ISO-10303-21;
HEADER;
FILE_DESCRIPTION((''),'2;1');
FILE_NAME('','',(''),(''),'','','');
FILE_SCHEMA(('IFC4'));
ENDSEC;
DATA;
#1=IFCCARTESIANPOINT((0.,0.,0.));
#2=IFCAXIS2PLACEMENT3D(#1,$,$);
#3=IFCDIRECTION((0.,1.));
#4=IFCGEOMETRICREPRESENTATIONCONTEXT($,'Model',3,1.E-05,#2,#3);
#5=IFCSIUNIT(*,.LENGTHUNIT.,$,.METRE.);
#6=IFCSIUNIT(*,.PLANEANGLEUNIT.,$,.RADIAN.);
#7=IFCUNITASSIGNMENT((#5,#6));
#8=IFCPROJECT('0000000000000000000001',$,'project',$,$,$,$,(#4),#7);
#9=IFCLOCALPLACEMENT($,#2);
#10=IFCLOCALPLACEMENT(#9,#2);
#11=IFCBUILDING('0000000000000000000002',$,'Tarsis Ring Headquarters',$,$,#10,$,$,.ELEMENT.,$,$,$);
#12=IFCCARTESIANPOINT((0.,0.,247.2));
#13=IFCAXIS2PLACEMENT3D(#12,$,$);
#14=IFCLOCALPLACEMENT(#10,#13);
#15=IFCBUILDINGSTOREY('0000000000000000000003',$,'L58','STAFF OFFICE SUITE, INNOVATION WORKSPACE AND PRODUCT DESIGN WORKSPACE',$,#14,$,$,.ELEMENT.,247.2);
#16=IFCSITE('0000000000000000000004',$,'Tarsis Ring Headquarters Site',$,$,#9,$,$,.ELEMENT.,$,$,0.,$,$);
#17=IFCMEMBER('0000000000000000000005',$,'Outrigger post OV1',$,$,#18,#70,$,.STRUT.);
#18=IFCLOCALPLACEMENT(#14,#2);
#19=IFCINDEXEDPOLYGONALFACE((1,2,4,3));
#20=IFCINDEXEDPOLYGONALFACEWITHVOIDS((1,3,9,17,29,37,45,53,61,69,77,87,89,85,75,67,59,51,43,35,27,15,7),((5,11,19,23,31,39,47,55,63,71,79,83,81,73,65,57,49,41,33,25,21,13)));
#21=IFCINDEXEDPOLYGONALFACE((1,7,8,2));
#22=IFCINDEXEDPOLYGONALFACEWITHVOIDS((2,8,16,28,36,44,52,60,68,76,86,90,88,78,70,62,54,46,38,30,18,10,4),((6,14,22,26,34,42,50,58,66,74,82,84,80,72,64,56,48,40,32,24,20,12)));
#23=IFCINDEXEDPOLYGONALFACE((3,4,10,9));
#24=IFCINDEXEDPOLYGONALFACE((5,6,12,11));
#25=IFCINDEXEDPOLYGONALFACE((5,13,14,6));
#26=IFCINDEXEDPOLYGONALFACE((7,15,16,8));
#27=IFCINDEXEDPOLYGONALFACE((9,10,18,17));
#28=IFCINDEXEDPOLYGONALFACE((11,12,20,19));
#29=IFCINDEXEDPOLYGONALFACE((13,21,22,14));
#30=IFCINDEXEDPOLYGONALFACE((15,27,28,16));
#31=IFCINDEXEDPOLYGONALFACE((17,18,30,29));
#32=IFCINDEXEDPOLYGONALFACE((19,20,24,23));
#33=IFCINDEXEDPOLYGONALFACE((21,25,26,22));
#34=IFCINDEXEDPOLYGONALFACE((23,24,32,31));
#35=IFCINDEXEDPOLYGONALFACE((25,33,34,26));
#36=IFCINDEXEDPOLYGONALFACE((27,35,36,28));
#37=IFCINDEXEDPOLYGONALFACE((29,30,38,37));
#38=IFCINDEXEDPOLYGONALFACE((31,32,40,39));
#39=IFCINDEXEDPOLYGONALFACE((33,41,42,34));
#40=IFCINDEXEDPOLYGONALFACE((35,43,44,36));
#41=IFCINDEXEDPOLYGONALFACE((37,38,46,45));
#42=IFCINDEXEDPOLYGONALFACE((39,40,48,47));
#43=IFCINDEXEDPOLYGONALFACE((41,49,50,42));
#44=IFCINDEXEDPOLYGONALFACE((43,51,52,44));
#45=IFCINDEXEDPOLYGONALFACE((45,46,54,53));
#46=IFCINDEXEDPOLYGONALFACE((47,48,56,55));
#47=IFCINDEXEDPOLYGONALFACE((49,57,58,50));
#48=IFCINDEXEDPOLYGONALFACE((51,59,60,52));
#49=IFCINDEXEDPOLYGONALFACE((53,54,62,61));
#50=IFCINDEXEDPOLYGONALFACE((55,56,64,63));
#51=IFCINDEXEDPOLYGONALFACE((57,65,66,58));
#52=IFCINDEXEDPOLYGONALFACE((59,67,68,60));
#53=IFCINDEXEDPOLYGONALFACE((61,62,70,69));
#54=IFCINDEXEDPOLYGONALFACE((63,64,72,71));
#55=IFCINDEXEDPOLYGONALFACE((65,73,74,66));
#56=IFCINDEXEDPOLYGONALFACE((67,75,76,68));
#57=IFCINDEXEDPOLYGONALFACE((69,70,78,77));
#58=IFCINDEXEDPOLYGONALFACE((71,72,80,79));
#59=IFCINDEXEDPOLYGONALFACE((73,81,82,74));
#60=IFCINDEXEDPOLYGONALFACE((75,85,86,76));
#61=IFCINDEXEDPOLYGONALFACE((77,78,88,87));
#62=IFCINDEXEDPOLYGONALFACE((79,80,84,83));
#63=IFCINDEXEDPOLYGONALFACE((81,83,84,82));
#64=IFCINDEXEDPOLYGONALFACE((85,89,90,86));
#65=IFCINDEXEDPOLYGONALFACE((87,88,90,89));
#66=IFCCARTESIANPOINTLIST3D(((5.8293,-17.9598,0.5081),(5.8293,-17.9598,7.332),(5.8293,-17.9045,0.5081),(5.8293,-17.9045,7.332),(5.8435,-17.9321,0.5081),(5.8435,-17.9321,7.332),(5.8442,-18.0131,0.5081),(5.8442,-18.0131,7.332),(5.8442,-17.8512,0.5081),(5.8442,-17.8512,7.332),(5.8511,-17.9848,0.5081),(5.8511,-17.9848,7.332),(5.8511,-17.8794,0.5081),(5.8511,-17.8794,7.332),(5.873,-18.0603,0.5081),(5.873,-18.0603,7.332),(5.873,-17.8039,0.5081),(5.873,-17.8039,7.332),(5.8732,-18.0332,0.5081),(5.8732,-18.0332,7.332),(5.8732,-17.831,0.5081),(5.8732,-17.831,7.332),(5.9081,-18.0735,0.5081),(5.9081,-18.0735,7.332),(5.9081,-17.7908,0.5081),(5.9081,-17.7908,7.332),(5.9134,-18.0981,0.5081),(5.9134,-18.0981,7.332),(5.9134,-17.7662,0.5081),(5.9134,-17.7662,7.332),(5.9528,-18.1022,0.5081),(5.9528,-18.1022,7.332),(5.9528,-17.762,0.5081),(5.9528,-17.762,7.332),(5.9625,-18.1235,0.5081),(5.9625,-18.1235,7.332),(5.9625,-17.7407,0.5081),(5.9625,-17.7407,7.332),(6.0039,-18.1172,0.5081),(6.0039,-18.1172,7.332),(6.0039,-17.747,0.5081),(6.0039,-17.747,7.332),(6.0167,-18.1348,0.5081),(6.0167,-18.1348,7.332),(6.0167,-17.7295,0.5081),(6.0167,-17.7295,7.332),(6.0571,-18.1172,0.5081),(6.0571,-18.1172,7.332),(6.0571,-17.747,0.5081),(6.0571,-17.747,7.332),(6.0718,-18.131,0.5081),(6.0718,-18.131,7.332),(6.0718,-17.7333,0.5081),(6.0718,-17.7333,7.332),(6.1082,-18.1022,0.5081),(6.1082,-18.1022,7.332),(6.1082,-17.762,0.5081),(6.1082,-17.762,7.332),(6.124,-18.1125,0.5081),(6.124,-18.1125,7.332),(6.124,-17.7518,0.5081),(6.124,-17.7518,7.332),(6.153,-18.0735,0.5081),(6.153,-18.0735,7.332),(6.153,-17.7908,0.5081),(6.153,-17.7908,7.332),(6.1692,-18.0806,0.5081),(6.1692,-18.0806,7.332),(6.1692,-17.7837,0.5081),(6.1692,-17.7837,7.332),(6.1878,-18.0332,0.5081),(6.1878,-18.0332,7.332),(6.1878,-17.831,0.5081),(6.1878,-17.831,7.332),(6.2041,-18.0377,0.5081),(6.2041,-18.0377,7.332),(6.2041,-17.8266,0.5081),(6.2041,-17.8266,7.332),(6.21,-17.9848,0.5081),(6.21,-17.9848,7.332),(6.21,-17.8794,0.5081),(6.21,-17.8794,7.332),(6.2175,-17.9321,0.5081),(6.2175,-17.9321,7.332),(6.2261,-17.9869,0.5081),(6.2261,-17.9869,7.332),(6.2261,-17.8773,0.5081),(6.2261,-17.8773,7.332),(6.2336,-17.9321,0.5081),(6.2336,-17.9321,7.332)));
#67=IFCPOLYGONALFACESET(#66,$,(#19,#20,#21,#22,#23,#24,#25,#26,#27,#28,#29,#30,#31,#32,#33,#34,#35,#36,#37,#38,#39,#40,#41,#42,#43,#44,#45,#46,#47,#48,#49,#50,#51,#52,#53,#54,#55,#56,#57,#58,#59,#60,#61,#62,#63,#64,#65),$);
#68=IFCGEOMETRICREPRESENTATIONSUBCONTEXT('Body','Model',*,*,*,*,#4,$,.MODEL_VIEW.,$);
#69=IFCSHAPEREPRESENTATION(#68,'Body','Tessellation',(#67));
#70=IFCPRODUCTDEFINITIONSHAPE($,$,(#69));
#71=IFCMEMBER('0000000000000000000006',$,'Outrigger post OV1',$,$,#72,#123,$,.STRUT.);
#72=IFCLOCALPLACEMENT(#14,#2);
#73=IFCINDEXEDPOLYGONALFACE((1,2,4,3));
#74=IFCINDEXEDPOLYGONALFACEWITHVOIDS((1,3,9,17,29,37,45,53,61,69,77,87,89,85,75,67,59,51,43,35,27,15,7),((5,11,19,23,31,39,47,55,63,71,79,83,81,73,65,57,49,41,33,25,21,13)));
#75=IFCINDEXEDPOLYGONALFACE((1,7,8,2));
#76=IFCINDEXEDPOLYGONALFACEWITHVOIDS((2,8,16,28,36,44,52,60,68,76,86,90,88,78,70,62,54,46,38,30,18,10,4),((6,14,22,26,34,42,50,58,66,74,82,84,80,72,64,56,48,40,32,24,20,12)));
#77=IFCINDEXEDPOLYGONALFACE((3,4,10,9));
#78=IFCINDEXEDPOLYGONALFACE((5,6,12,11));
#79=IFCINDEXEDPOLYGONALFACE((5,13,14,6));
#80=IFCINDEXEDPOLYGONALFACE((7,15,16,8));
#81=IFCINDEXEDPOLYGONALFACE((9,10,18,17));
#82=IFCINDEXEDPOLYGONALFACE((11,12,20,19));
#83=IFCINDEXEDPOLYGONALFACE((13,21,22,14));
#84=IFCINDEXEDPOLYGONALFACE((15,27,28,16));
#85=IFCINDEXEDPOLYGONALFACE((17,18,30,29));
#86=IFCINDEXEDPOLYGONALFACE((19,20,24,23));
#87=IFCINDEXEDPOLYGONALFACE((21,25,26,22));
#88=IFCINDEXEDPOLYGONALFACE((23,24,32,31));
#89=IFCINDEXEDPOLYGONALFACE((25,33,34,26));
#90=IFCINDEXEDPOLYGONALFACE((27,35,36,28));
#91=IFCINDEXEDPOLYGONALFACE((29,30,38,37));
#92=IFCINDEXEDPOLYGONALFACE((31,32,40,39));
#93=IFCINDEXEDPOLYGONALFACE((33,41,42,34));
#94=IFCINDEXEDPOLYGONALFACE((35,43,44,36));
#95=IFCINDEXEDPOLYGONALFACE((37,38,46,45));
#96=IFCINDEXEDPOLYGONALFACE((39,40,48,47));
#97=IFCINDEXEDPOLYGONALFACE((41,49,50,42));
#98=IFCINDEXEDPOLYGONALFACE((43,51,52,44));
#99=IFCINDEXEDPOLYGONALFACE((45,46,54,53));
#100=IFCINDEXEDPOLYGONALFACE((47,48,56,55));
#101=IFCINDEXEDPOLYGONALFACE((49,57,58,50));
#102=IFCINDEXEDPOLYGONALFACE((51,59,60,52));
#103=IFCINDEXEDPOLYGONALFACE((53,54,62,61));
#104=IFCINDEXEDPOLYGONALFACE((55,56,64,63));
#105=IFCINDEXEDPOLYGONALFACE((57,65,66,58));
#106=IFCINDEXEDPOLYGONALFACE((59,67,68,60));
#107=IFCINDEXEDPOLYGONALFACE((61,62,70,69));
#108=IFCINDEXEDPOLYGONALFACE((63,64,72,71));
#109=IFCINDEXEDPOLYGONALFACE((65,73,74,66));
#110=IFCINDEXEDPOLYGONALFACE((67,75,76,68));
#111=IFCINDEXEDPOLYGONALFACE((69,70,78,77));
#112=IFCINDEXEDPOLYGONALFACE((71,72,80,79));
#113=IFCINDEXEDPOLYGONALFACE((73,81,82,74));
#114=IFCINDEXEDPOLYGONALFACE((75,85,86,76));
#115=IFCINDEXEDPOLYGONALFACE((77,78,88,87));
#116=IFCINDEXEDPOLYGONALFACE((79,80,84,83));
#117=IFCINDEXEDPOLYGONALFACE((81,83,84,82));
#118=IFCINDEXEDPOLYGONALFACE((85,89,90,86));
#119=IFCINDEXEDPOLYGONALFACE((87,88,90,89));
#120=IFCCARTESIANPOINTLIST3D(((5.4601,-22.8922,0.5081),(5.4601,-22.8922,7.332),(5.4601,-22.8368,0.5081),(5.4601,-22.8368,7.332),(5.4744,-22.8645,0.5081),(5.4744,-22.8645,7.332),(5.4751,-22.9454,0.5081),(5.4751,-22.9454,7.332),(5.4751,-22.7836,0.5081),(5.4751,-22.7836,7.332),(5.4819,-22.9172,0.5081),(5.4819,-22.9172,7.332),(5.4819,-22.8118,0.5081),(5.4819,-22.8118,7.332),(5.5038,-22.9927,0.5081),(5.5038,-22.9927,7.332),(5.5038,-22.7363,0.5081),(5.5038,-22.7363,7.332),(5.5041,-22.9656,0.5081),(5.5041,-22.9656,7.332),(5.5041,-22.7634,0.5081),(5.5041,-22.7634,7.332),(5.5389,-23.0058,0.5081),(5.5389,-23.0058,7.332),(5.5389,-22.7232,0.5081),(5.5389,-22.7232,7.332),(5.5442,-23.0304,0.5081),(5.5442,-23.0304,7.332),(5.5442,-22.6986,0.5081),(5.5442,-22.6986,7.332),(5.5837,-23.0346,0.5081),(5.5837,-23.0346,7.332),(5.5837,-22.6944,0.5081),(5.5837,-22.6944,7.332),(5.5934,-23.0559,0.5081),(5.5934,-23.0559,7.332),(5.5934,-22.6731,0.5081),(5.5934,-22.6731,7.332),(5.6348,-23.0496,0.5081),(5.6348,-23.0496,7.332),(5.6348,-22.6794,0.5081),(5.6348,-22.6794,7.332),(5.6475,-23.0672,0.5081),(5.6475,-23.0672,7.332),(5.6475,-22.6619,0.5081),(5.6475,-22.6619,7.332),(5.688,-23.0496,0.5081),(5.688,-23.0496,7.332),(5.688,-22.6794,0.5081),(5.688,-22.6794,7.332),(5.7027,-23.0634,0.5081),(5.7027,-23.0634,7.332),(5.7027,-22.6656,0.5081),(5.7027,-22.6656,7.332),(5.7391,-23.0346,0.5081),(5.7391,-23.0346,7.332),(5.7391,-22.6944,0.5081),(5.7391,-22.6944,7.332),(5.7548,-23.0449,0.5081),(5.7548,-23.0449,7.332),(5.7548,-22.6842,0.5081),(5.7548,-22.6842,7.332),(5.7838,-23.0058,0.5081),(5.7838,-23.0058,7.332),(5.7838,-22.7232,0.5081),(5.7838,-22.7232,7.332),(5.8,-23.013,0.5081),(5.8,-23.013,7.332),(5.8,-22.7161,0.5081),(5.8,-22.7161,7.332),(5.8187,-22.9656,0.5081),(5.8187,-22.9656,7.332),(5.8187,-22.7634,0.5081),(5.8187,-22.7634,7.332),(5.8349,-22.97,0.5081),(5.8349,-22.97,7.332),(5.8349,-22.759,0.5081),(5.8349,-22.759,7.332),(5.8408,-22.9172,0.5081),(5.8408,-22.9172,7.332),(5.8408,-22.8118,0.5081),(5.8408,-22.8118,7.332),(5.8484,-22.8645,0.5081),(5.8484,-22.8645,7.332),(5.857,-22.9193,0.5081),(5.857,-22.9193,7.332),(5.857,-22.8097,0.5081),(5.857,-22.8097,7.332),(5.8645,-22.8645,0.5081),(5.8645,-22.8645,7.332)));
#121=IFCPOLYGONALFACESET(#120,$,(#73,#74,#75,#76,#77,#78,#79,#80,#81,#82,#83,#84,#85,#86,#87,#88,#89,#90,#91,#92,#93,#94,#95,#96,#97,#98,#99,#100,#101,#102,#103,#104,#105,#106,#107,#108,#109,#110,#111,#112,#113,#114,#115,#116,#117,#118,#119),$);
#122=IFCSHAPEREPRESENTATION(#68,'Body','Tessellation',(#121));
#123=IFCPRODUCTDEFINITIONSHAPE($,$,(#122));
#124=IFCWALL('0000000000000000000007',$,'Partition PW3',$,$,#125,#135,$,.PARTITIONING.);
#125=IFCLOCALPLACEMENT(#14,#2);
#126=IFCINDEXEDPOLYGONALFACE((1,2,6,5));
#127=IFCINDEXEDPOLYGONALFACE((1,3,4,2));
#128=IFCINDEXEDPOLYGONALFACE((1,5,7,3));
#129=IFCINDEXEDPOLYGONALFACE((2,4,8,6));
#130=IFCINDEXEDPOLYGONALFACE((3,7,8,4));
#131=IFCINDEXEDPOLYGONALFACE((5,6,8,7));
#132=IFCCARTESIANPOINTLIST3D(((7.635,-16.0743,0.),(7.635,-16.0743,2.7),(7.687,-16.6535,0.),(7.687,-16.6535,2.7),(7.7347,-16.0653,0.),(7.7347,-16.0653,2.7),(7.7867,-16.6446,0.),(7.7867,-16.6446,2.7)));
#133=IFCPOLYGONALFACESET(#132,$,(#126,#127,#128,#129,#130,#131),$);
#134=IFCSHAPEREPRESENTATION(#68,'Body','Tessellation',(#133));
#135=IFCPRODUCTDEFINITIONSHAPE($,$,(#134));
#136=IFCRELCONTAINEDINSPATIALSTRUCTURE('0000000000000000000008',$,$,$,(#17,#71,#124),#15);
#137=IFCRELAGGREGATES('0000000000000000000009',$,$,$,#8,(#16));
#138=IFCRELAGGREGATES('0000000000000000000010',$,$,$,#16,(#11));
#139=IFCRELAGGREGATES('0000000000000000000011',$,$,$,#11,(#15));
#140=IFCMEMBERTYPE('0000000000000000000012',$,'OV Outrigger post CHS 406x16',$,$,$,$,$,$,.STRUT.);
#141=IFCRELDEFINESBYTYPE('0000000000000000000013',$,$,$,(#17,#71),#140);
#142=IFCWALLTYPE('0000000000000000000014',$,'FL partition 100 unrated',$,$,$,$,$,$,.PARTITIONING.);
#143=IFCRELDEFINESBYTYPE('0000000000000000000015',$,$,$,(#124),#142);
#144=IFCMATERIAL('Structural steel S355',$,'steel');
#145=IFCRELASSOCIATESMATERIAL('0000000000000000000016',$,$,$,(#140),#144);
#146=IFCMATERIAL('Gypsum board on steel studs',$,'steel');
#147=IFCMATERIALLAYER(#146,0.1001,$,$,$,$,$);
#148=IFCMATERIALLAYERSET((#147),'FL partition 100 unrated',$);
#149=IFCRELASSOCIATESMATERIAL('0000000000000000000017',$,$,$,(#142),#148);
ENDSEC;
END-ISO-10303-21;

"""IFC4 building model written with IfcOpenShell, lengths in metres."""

from ifc_helpers import new_model, si_unit, direction, frame, frame_2d, origin, origin_2d, place, context, subcontext, project, spatial, rectangle, hollow_circle, extrude, material, layer, layer_set, material_profile, profile_set, type_object, element, save


model = new_model("IFC4")

# Units and contexts
model_context = context("Model", 3, precision=1e-05, world=origin(), true_north=direction((0.0, 1.0)))
body_context = subcontext(model_context, "Body", "Model", "MODEL_VIEW")
ifc_project = project(units=[si_unit("LENGTHUNIT", "METRE"), si_unit("PLANEANGLEUNIT", "RADIAN")], contexts=[model_context])

# Site, building, storey
site_placement = place(None, origin())
site = spatial("IfcSite", under=ifc_project, at=site_placement, Name="Tarsis Ring Headquarters Site", CompositionType="ELEMENT", RefElevation=0.0)
building_placement = place(site_placement, origin())
building = spatial("IfcBuilding", under=site, at=building_placement, Name="Tarsis Ring Headquarters", CompositionType="ELEMENT")
storey_placement = place(building_placement, frame((0.0, 0.0, 247.2)))
storey = spatial("IfcBuildingStorey", under=building, at=storey_placement, Name="L58", Description="STAFF OFFICE SUITE, INNOVATION WORKSPACE AND PRODUCT DESIGN WORKSPACE", CompositionType="ELEMENT", Elevation=247.2)

# Members
ifc_material_1 = material(Name="Structural steel S355", Category="steel")
ifc_material_profile_1 = material_profile(ifc_material_1, hollow_circle(Radius=0.2031, WallThickness=0.0161, at=origin_2d()), Name="CHS 406x16")
ifc_profile_set_1 = profile_set([ifc_material_profile_1], Name="Structural steel S355")
member_type_1 = type_object("IfcMemberType", Name="OV Outrigger post CHS 406x16", PredefinedType="STRUT", material=ifc_profile_set_1)
for number, where, z_axis, x_axis, name in (
    (1, (6.0305, -17.9321, 0.5081), (0.0, 0.0, 1.0), (1.0, 0.0, 0.0), "Outrigger post OV1"),
    (2, (5.6614, -22.8645, 0.5081), (0.0, 0.0, 1.0), (1.0, 0.0, 0.0), "Outrigger post OV1"),
):
    element("IfcMember", number, at=place(storey_placement, frame(where, z_axis=z_axis, x_axis=x_axis)), inside=storey, type_object=member_type_1, Name=name, PredefinedType="STRUT", context=body_context, shape_type="SweptSolid", body=[
        extrude(hollow_circle(Radius=0.2031, WallThickness=0.0161, at=origin_2d()), origin(), (0.0, 0.0, 1.0), 6.824),
    ])

# Wall
ifc_material_2 = material(Name="Gypsum board on steel studs", Category="steel")
ifc_layer_1 = layer(ifc_material_2, 0.1001)
ifc_layer_set_1 = layer_set([ifc_layer_1], Name="FL partition 100 unrated")
wall_type_1 = type_object("IfcWallType", Name="FL partition 100 unrated", PredefinedType="PARTITIONING", material=ifc_layer_set_1)
wall_1_placement = place(storey_placement, frame((7.6848, -16.0698, 0.0), z_axis=(0.0, 0.0, 1.0), x_axis=(0.089438, -0.995992, 0.0)))
element("IfcWall", 3, at=wall_1_placement, inside=storey, type_object=wall_type_1, Name="Partition PW3", PredefinedType="PARTITIONING", context=body_context, shape_type="SweptSolid", body=[
    extrude(rectangle(XDim=0.5815, YDim=0.1001, at=frame_2d((0.2908, 0.0))), origin(), (0.0, 0.0, 1.0), 2.7),
])

save(model, "model.ifc")
